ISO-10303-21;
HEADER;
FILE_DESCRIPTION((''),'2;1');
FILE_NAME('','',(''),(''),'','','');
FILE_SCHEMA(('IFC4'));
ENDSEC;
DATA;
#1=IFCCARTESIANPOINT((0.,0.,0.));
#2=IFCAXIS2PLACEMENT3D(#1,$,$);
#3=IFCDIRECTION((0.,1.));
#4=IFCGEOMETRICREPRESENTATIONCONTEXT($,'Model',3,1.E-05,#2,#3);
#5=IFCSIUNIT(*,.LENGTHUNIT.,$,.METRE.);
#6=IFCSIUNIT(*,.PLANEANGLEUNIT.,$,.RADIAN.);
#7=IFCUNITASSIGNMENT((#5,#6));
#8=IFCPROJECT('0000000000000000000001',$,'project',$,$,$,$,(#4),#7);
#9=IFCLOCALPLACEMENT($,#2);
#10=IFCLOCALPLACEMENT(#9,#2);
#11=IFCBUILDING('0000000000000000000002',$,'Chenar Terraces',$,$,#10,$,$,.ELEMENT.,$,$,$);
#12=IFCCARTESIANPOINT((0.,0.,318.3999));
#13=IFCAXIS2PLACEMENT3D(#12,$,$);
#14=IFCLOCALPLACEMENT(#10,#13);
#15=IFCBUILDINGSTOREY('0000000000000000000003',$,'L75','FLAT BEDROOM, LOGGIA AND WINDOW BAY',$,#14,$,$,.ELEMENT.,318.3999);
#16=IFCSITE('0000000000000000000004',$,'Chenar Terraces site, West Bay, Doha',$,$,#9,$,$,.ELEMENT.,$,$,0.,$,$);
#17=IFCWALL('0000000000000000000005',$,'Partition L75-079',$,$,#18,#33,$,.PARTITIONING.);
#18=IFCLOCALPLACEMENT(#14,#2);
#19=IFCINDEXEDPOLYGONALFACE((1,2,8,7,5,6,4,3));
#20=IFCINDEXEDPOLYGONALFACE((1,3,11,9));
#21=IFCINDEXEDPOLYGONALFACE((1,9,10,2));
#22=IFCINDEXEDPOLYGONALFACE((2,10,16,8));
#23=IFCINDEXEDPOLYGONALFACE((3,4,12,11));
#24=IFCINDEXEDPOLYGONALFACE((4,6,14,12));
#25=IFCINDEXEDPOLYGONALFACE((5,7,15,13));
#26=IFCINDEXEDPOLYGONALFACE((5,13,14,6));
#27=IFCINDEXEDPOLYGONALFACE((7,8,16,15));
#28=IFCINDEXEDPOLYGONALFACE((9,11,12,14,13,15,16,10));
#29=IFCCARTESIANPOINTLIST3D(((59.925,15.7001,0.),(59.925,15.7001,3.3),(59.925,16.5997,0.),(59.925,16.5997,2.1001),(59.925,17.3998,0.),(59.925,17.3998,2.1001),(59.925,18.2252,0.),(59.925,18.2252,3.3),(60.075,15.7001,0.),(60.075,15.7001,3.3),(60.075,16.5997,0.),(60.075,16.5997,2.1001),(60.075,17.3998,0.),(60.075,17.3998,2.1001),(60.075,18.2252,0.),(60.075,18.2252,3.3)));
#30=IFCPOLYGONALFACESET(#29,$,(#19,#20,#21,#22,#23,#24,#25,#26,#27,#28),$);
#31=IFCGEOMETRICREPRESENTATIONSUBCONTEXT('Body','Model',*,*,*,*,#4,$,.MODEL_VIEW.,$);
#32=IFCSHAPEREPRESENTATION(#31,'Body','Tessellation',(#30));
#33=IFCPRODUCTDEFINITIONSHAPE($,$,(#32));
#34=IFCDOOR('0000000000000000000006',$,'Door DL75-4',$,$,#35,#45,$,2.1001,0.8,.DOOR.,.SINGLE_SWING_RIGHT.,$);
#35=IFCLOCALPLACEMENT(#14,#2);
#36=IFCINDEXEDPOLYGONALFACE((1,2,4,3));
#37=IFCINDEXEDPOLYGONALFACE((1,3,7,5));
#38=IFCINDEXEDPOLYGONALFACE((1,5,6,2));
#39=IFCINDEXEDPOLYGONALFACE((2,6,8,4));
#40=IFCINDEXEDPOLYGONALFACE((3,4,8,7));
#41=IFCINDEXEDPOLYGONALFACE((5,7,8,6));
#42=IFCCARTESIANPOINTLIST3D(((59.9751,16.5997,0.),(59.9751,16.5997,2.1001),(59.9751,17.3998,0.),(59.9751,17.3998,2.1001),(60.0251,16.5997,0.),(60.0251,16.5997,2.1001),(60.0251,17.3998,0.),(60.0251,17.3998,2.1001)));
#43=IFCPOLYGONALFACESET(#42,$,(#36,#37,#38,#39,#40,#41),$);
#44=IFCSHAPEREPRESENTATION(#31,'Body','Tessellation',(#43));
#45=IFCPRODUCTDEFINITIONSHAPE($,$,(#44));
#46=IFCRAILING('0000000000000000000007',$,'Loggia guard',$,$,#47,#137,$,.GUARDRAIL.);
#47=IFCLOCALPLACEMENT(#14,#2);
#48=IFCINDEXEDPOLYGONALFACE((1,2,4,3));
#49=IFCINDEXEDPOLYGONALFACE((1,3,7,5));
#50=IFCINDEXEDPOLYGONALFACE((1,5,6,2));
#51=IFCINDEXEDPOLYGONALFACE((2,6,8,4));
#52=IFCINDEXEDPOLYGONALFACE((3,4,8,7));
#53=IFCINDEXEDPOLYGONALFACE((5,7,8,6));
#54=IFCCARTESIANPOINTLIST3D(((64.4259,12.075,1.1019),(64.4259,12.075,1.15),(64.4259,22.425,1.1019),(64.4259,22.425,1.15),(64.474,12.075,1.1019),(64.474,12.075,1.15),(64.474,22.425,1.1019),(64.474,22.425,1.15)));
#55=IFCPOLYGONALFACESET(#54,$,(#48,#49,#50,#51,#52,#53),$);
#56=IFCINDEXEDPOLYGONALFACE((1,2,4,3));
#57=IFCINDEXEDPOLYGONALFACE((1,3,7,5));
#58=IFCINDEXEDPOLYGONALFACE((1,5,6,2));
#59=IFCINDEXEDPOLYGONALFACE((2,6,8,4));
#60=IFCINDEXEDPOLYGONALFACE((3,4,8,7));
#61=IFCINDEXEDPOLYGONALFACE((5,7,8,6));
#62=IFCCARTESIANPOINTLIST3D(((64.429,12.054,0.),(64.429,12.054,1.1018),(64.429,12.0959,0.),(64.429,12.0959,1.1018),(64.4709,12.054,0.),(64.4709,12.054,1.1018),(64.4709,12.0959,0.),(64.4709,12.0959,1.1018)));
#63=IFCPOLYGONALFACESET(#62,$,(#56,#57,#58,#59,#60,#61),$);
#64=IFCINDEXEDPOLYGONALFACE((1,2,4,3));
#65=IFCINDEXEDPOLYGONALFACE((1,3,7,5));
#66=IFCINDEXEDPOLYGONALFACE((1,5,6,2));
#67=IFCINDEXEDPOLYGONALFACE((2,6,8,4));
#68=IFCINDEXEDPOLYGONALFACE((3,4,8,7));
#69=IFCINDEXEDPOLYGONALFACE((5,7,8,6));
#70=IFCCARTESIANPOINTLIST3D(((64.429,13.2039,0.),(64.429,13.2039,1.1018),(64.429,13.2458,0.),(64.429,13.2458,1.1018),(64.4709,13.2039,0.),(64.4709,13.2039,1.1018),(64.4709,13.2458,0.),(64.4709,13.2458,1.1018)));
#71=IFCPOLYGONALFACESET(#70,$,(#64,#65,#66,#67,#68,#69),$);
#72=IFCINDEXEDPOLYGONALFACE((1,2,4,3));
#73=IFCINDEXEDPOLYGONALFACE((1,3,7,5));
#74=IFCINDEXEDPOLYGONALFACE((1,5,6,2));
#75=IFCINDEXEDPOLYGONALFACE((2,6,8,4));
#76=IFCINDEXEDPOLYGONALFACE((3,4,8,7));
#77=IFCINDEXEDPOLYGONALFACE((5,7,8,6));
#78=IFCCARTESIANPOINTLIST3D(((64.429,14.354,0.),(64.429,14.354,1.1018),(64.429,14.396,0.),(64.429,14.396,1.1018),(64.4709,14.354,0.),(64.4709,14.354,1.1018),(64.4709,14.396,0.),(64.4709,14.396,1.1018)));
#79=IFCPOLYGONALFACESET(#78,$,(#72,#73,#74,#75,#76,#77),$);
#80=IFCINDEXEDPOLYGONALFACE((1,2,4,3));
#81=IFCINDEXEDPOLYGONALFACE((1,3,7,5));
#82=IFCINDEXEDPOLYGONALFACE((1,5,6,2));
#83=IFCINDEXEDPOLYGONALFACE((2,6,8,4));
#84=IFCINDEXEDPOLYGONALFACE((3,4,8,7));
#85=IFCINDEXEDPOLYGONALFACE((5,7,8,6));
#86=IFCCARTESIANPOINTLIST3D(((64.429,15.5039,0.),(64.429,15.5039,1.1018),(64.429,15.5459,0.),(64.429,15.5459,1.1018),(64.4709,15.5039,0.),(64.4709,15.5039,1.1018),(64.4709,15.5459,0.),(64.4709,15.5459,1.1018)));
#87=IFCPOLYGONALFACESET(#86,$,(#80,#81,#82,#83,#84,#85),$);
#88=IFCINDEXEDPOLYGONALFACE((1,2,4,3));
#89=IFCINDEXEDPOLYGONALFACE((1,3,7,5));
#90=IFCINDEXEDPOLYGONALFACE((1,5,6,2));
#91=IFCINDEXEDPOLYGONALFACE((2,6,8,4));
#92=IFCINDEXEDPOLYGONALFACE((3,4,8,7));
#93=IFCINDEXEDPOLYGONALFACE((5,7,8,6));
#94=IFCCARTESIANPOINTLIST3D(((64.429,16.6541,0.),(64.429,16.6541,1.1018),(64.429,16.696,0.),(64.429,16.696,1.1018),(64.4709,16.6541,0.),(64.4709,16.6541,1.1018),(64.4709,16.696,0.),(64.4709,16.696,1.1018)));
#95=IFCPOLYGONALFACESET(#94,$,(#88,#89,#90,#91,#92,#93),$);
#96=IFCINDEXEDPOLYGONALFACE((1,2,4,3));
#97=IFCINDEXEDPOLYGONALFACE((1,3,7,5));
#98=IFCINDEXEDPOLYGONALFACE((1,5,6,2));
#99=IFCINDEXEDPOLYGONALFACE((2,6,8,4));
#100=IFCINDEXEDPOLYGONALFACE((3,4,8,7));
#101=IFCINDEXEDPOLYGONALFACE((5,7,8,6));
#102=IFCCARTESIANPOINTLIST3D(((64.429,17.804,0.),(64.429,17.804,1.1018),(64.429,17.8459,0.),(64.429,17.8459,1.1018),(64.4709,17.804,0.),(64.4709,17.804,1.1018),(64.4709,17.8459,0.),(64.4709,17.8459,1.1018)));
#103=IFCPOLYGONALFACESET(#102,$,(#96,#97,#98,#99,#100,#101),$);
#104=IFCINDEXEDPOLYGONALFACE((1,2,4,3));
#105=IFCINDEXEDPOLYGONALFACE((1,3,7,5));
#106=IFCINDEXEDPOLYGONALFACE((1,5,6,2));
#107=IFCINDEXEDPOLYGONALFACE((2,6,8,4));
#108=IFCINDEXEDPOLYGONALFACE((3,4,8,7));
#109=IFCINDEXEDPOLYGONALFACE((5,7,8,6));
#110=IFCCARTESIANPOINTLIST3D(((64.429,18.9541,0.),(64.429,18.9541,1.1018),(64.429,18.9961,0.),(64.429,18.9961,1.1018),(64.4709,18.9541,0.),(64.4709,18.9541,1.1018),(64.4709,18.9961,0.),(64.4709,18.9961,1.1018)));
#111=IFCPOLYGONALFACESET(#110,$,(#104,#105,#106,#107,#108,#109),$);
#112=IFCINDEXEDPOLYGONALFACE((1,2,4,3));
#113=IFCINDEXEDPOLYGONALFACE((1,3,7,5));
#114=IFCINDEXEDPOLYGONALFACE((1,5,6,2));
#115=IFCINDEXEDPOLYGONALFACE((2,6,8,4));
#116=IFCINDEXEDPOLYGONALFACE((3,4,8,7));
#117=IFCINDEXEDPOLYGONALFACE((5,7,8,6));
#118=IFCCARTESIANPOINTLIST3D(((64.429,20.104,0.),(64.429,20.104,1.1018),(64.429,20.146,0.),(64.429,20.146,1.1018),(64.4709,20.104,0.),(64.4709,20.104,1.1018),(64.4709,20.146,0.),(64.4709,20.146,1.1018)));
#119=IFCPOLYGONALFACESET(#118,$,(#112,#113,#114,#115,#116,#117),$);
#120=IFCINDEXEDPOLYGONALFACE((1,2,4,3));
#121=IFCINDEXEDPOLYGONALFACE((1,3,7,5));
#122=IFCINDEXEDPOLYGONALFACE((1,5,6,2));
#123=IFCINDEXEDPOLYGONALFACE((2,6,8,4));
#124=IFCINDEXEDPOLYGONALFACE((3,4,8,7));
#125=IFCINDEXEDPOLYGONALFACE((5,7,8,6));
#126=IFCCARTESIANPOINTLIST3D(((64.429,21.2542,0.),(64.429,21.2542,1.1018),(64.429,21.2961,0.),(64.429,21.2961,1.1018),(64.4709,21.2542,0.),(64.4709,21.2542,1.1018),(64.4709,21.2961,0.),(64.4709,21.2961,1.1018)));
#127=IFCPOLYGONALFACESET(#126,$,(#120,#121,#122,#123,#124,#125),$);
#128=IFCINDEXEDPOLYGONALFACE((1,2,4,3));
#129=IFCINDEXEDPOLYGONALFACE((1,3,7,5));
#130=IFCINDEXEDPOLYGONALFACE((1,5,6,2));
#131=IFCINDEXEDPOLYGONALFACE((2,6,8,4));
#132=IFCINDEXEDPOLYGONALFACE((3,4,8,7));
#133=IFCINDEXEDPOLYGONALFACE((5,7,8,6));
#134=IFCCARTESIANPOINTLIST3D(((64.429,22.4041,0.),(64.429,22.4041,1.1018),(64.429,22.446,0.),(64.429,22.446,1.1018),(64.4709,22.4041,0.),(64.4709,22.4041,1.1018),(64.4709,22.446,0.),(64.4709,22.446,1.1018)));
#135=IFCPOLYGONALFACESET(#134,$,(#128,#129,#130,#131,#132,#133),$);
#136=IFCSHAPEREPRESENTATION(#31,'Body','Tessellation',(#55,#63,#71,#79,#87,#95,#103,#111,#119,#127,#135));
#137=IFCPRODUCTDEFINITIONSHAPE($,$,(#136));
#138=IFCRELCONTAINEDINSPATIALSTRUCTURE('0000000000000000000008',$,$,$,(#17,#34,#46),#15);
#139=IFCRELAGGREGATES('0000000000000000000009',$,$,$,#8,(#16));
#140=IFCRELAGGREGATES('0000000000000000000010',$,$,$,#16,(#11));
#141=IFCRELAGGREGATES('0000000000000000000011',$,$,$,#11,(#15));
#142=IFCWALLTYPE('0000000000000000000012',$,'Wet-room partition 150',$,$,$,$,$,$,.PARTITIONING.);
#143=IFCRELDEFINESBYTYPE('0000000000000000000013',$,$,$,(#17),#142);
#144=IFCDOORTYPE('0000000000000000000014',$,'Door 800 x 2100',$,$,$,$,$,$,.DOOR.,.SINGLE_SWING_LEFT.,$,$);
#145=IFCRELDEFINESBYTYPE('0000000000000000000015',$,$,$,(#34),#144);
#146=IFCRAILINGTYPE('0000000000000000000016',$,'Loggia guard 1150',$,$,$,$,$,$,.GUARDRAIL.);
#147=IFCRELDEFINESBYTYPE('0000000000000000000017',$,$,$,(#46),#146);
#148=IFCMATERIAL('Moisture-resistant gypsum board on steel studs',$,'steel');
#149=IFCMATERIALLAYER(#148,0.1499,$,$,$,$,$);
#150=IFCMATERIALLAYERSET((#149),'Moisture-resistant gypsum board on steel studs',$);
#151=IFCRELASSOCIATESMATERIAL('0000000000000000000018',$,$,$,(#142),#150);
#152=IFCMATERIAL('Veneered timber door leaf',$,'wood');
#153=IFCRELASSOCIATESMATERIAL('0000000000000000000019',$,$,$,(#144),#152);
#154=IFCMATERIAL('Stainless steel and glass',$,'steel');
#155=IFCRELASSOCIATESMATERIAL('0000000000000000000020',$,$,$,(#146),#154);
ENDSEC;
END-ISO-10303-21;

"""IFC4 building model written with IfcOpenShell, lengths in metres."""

from ifc_helpers import new_model, si_unit, direction, frame, frame_2d, origin, origin_2d, place, context, subcontext, project, spatial, rectangle, extrude, material, layer, layer_set, type_object, element, fill, save


model = new_model("IFC4")

# Units and contexts
model_context = context("Model", 3, precision=1e-05, world=origin(), true_north=direction((0.0, 1.0)))
body_context = subcontext(model_context, "Body", "Model", "MODEL_VIEW")
ifc_project = project(units=[si_unit("LENGTHUNIT", "METRE"), si_unit("PLANEANGLEUNIT", "RADIAN")], contexts=[model_context])

# Site, building, storey
site_placement = place(None, origin())
site = spatial("IfcSite", under=ifc_project, at=site_placement, Name="Chenar Terraces site, West Bay, Doha", CompositionType="ELEMENT", RefElevation=0.0)
building_placement = place(site_placement, origin())
building = spatial("IfcBuilding", under=site, at=building_placement, Name="Chenar Terraces", CompositionType="ELEMENT")
storey_placement = place(building_placement, frame((0.0, 0.0, 318.3999)))
storey = spatial("IfcBuildingStorey", under=building, at=storey_placement, Name="L75", Description="FLAT BEDROOM, LOGGIA AND WINDOW BAY", CompositionType="ELEMENT", Elevation=318.3999)

# Shared definitions
ifc_material_1 = material(Name="Moisture-resistant gypsum board on steel studs", Category="steel")
ifc_layer_1 = layer(ifc_material_1, 0.1499)
ifc_layer_set_1 = layer_set([ifc_layer_1], Name="Moisture-resistant gypsum board on steel studs")
wall_type_1 = type_object("IfcWallType", Name="Wet-room partition 150", PredefinedType="PARTITIONING", material=ifc_layer_set_1)

# Wall, opening, door
ifc_material_2 = material(Name="Veneered timber door leaf", Category="wood")
door_type_1 = type_object("IfcDoorType", Name="Door 800 x 2100", OperationType="SINGLE_SWING_LEFT", PredefinedType="DOOR", material=ifc_material_2)
wall_1_placement = place(storey_placement, frame((60.0, 15.7, 0.0), z_axis=(0.0, 0.0, 1.0), x_axis=(0.0, 1.0, 0.0)))
wall_1 = element("IfcWall", 1, at=wall_1_placement, inside=storey, type_object=wall_type_1, Name="Partition L75-079", PredefinedType="PARTITIONING", context=body_context, shape_type="SweptSolid", body=[
    extrude(rectangle(XDim=2.5251, YDim=0.1499, at=frame_2d((1.2627, 0.0))), origin(), (0.0, 0.0, 1.0), 3.3),
])
opening_1_placement = place(wall_1_placement, frame((0.8999, 0.0, 0.0)))
opening_1 = element("IfcOpeningElement", 2, at=opening_1_placement, cuts=wall_1, PredefinedType="OPENING", context=body_context, shape_type="SweptSolid", body=[
    extrude(rectangle(XDim=0.8, YDim=2.1001, at=frame_2d((0.3999, 1.05))), frame((0.0, 0.085, 0.0), z_axis=(0.0, -1.0, 0.0), x_axis=(1.0, 0.0, 0.0)), (0.0, 0.0, 1.0), 0.1699),
])
door_1_placement = place(opening_1_placement, origin())
door_1 = element("IfcDoor", 3, at=door_1_placement, inside=storey, type_object=door_type_1, Name="Door DL75-4", OperationType="SINGLE_SWING_RIGHT", OverallHeight=2.1001, OverallWidth=0.8, PredefinedType="DOOR", context=body_context, shape_type="SweptSolid", body=[
    extrude(rectangle(XDim=0.8, YDim=2.1001, at=frame_2d((0.3999, 1.05))), frame((0.0, 0.0249, 0.0), z_axis=(0.0, -1.0, 0.0), x_axis=(1.0, 0.0, 0.0)), (0.0, 0.0, 1.0), 0.05),
])
fill(opening_1, door_1)

# Railing
ifc_material_3 = material(Name="Stainless steel and glass", Category="steel")
railing_type = type_object("IfcRailingType", Name="Loggia guard 1150", PredefinedType="GUARDRAIL", material=ifc_material_3)
railing_placement = place(storey_placement, frame((64.45, 12.075, 0.0)))
element("IfcRailing", 4, at=railing_placement, inside=storey, type_object=railing_type, Name="Loggia guard", PredefinedType="GUARDRAIL", context=body_context, shape_type="SweptSolid", body=[
    extrude(rectangle(XDim=0.0481, YDim=0.0481, at=origin_2d()), frame((0.0, 0.0, 1.126), z_axis=(0.0, 1.0, 0.0), x_axis=(-1.0, 0.0, 0.0)), (0.0, 0.0, 1.0), 10.3501),
    extrude(rectangle(XDim=0.042, YDim=0.042, at=origin_2d()), origin(), (0.0, 0.0, 1.0), 1.1018),
    extrude(rectangle(XDim=0.042, YDim=0.042, at=origin_2d()), frame((0.0, 1.1499, 0.0)), (0.0, 0.0, 1.0), 1.1018),
    extrude(rectangle(XDim=0.042, YDim=0.042, at=origin_2d()), frame((0.0, 2.3, 0.0)), (0.0, 0.0, 1.0), 1.1018),
    extrude(rectangle(XDim=0.042, YDim=0.042, at=origin_2d()), frame((0.0, 3.45, 0.0)), (0.0, 0.0, 1.0), 1.1018),
    extrude(rectangle(XDim=0.042, YDim=0.042, at=origin_2d()), frame((0.0, 4.6001, 0.0)), (0.0, 0.0, 1.0), 1.1018),
    extrude(rectangle(XDim=0.042, YDim=0.042, at=origin_2d()), frame((0.0, 5.75, 0.0)), (0.0, 0.0, 1.0), 1.1018),
    extrude(rectangle(XDim=0.042, YDim=0.042, at=origin_2d()), frame((0.0, 6.9001, 0.0)), (0.0, 0.0, 1.0), 1.1018),
    extrude(rectangle(XDim=0.042, YDim=0.042, at=origin_2d()), frame((0.0, 8.05, 0.0)), (0.0, 0.0, 1.0), 1.1018),
    extrude(rectangle(XDim=0.042, YDim=0.042, at=origin_2d()), frame((0.0, 9.2002, 0.0)), (0.0, 0.0, 1.0), 1.1018),
    extrude(rectangle(XDim=0.042, YDim=0.042, at=origin_2d()), frame((0.0, 10.3501, 0.0)), (0.0, 0.0, 1.0), 1.1018),
])

save(model, "model.ifc")
